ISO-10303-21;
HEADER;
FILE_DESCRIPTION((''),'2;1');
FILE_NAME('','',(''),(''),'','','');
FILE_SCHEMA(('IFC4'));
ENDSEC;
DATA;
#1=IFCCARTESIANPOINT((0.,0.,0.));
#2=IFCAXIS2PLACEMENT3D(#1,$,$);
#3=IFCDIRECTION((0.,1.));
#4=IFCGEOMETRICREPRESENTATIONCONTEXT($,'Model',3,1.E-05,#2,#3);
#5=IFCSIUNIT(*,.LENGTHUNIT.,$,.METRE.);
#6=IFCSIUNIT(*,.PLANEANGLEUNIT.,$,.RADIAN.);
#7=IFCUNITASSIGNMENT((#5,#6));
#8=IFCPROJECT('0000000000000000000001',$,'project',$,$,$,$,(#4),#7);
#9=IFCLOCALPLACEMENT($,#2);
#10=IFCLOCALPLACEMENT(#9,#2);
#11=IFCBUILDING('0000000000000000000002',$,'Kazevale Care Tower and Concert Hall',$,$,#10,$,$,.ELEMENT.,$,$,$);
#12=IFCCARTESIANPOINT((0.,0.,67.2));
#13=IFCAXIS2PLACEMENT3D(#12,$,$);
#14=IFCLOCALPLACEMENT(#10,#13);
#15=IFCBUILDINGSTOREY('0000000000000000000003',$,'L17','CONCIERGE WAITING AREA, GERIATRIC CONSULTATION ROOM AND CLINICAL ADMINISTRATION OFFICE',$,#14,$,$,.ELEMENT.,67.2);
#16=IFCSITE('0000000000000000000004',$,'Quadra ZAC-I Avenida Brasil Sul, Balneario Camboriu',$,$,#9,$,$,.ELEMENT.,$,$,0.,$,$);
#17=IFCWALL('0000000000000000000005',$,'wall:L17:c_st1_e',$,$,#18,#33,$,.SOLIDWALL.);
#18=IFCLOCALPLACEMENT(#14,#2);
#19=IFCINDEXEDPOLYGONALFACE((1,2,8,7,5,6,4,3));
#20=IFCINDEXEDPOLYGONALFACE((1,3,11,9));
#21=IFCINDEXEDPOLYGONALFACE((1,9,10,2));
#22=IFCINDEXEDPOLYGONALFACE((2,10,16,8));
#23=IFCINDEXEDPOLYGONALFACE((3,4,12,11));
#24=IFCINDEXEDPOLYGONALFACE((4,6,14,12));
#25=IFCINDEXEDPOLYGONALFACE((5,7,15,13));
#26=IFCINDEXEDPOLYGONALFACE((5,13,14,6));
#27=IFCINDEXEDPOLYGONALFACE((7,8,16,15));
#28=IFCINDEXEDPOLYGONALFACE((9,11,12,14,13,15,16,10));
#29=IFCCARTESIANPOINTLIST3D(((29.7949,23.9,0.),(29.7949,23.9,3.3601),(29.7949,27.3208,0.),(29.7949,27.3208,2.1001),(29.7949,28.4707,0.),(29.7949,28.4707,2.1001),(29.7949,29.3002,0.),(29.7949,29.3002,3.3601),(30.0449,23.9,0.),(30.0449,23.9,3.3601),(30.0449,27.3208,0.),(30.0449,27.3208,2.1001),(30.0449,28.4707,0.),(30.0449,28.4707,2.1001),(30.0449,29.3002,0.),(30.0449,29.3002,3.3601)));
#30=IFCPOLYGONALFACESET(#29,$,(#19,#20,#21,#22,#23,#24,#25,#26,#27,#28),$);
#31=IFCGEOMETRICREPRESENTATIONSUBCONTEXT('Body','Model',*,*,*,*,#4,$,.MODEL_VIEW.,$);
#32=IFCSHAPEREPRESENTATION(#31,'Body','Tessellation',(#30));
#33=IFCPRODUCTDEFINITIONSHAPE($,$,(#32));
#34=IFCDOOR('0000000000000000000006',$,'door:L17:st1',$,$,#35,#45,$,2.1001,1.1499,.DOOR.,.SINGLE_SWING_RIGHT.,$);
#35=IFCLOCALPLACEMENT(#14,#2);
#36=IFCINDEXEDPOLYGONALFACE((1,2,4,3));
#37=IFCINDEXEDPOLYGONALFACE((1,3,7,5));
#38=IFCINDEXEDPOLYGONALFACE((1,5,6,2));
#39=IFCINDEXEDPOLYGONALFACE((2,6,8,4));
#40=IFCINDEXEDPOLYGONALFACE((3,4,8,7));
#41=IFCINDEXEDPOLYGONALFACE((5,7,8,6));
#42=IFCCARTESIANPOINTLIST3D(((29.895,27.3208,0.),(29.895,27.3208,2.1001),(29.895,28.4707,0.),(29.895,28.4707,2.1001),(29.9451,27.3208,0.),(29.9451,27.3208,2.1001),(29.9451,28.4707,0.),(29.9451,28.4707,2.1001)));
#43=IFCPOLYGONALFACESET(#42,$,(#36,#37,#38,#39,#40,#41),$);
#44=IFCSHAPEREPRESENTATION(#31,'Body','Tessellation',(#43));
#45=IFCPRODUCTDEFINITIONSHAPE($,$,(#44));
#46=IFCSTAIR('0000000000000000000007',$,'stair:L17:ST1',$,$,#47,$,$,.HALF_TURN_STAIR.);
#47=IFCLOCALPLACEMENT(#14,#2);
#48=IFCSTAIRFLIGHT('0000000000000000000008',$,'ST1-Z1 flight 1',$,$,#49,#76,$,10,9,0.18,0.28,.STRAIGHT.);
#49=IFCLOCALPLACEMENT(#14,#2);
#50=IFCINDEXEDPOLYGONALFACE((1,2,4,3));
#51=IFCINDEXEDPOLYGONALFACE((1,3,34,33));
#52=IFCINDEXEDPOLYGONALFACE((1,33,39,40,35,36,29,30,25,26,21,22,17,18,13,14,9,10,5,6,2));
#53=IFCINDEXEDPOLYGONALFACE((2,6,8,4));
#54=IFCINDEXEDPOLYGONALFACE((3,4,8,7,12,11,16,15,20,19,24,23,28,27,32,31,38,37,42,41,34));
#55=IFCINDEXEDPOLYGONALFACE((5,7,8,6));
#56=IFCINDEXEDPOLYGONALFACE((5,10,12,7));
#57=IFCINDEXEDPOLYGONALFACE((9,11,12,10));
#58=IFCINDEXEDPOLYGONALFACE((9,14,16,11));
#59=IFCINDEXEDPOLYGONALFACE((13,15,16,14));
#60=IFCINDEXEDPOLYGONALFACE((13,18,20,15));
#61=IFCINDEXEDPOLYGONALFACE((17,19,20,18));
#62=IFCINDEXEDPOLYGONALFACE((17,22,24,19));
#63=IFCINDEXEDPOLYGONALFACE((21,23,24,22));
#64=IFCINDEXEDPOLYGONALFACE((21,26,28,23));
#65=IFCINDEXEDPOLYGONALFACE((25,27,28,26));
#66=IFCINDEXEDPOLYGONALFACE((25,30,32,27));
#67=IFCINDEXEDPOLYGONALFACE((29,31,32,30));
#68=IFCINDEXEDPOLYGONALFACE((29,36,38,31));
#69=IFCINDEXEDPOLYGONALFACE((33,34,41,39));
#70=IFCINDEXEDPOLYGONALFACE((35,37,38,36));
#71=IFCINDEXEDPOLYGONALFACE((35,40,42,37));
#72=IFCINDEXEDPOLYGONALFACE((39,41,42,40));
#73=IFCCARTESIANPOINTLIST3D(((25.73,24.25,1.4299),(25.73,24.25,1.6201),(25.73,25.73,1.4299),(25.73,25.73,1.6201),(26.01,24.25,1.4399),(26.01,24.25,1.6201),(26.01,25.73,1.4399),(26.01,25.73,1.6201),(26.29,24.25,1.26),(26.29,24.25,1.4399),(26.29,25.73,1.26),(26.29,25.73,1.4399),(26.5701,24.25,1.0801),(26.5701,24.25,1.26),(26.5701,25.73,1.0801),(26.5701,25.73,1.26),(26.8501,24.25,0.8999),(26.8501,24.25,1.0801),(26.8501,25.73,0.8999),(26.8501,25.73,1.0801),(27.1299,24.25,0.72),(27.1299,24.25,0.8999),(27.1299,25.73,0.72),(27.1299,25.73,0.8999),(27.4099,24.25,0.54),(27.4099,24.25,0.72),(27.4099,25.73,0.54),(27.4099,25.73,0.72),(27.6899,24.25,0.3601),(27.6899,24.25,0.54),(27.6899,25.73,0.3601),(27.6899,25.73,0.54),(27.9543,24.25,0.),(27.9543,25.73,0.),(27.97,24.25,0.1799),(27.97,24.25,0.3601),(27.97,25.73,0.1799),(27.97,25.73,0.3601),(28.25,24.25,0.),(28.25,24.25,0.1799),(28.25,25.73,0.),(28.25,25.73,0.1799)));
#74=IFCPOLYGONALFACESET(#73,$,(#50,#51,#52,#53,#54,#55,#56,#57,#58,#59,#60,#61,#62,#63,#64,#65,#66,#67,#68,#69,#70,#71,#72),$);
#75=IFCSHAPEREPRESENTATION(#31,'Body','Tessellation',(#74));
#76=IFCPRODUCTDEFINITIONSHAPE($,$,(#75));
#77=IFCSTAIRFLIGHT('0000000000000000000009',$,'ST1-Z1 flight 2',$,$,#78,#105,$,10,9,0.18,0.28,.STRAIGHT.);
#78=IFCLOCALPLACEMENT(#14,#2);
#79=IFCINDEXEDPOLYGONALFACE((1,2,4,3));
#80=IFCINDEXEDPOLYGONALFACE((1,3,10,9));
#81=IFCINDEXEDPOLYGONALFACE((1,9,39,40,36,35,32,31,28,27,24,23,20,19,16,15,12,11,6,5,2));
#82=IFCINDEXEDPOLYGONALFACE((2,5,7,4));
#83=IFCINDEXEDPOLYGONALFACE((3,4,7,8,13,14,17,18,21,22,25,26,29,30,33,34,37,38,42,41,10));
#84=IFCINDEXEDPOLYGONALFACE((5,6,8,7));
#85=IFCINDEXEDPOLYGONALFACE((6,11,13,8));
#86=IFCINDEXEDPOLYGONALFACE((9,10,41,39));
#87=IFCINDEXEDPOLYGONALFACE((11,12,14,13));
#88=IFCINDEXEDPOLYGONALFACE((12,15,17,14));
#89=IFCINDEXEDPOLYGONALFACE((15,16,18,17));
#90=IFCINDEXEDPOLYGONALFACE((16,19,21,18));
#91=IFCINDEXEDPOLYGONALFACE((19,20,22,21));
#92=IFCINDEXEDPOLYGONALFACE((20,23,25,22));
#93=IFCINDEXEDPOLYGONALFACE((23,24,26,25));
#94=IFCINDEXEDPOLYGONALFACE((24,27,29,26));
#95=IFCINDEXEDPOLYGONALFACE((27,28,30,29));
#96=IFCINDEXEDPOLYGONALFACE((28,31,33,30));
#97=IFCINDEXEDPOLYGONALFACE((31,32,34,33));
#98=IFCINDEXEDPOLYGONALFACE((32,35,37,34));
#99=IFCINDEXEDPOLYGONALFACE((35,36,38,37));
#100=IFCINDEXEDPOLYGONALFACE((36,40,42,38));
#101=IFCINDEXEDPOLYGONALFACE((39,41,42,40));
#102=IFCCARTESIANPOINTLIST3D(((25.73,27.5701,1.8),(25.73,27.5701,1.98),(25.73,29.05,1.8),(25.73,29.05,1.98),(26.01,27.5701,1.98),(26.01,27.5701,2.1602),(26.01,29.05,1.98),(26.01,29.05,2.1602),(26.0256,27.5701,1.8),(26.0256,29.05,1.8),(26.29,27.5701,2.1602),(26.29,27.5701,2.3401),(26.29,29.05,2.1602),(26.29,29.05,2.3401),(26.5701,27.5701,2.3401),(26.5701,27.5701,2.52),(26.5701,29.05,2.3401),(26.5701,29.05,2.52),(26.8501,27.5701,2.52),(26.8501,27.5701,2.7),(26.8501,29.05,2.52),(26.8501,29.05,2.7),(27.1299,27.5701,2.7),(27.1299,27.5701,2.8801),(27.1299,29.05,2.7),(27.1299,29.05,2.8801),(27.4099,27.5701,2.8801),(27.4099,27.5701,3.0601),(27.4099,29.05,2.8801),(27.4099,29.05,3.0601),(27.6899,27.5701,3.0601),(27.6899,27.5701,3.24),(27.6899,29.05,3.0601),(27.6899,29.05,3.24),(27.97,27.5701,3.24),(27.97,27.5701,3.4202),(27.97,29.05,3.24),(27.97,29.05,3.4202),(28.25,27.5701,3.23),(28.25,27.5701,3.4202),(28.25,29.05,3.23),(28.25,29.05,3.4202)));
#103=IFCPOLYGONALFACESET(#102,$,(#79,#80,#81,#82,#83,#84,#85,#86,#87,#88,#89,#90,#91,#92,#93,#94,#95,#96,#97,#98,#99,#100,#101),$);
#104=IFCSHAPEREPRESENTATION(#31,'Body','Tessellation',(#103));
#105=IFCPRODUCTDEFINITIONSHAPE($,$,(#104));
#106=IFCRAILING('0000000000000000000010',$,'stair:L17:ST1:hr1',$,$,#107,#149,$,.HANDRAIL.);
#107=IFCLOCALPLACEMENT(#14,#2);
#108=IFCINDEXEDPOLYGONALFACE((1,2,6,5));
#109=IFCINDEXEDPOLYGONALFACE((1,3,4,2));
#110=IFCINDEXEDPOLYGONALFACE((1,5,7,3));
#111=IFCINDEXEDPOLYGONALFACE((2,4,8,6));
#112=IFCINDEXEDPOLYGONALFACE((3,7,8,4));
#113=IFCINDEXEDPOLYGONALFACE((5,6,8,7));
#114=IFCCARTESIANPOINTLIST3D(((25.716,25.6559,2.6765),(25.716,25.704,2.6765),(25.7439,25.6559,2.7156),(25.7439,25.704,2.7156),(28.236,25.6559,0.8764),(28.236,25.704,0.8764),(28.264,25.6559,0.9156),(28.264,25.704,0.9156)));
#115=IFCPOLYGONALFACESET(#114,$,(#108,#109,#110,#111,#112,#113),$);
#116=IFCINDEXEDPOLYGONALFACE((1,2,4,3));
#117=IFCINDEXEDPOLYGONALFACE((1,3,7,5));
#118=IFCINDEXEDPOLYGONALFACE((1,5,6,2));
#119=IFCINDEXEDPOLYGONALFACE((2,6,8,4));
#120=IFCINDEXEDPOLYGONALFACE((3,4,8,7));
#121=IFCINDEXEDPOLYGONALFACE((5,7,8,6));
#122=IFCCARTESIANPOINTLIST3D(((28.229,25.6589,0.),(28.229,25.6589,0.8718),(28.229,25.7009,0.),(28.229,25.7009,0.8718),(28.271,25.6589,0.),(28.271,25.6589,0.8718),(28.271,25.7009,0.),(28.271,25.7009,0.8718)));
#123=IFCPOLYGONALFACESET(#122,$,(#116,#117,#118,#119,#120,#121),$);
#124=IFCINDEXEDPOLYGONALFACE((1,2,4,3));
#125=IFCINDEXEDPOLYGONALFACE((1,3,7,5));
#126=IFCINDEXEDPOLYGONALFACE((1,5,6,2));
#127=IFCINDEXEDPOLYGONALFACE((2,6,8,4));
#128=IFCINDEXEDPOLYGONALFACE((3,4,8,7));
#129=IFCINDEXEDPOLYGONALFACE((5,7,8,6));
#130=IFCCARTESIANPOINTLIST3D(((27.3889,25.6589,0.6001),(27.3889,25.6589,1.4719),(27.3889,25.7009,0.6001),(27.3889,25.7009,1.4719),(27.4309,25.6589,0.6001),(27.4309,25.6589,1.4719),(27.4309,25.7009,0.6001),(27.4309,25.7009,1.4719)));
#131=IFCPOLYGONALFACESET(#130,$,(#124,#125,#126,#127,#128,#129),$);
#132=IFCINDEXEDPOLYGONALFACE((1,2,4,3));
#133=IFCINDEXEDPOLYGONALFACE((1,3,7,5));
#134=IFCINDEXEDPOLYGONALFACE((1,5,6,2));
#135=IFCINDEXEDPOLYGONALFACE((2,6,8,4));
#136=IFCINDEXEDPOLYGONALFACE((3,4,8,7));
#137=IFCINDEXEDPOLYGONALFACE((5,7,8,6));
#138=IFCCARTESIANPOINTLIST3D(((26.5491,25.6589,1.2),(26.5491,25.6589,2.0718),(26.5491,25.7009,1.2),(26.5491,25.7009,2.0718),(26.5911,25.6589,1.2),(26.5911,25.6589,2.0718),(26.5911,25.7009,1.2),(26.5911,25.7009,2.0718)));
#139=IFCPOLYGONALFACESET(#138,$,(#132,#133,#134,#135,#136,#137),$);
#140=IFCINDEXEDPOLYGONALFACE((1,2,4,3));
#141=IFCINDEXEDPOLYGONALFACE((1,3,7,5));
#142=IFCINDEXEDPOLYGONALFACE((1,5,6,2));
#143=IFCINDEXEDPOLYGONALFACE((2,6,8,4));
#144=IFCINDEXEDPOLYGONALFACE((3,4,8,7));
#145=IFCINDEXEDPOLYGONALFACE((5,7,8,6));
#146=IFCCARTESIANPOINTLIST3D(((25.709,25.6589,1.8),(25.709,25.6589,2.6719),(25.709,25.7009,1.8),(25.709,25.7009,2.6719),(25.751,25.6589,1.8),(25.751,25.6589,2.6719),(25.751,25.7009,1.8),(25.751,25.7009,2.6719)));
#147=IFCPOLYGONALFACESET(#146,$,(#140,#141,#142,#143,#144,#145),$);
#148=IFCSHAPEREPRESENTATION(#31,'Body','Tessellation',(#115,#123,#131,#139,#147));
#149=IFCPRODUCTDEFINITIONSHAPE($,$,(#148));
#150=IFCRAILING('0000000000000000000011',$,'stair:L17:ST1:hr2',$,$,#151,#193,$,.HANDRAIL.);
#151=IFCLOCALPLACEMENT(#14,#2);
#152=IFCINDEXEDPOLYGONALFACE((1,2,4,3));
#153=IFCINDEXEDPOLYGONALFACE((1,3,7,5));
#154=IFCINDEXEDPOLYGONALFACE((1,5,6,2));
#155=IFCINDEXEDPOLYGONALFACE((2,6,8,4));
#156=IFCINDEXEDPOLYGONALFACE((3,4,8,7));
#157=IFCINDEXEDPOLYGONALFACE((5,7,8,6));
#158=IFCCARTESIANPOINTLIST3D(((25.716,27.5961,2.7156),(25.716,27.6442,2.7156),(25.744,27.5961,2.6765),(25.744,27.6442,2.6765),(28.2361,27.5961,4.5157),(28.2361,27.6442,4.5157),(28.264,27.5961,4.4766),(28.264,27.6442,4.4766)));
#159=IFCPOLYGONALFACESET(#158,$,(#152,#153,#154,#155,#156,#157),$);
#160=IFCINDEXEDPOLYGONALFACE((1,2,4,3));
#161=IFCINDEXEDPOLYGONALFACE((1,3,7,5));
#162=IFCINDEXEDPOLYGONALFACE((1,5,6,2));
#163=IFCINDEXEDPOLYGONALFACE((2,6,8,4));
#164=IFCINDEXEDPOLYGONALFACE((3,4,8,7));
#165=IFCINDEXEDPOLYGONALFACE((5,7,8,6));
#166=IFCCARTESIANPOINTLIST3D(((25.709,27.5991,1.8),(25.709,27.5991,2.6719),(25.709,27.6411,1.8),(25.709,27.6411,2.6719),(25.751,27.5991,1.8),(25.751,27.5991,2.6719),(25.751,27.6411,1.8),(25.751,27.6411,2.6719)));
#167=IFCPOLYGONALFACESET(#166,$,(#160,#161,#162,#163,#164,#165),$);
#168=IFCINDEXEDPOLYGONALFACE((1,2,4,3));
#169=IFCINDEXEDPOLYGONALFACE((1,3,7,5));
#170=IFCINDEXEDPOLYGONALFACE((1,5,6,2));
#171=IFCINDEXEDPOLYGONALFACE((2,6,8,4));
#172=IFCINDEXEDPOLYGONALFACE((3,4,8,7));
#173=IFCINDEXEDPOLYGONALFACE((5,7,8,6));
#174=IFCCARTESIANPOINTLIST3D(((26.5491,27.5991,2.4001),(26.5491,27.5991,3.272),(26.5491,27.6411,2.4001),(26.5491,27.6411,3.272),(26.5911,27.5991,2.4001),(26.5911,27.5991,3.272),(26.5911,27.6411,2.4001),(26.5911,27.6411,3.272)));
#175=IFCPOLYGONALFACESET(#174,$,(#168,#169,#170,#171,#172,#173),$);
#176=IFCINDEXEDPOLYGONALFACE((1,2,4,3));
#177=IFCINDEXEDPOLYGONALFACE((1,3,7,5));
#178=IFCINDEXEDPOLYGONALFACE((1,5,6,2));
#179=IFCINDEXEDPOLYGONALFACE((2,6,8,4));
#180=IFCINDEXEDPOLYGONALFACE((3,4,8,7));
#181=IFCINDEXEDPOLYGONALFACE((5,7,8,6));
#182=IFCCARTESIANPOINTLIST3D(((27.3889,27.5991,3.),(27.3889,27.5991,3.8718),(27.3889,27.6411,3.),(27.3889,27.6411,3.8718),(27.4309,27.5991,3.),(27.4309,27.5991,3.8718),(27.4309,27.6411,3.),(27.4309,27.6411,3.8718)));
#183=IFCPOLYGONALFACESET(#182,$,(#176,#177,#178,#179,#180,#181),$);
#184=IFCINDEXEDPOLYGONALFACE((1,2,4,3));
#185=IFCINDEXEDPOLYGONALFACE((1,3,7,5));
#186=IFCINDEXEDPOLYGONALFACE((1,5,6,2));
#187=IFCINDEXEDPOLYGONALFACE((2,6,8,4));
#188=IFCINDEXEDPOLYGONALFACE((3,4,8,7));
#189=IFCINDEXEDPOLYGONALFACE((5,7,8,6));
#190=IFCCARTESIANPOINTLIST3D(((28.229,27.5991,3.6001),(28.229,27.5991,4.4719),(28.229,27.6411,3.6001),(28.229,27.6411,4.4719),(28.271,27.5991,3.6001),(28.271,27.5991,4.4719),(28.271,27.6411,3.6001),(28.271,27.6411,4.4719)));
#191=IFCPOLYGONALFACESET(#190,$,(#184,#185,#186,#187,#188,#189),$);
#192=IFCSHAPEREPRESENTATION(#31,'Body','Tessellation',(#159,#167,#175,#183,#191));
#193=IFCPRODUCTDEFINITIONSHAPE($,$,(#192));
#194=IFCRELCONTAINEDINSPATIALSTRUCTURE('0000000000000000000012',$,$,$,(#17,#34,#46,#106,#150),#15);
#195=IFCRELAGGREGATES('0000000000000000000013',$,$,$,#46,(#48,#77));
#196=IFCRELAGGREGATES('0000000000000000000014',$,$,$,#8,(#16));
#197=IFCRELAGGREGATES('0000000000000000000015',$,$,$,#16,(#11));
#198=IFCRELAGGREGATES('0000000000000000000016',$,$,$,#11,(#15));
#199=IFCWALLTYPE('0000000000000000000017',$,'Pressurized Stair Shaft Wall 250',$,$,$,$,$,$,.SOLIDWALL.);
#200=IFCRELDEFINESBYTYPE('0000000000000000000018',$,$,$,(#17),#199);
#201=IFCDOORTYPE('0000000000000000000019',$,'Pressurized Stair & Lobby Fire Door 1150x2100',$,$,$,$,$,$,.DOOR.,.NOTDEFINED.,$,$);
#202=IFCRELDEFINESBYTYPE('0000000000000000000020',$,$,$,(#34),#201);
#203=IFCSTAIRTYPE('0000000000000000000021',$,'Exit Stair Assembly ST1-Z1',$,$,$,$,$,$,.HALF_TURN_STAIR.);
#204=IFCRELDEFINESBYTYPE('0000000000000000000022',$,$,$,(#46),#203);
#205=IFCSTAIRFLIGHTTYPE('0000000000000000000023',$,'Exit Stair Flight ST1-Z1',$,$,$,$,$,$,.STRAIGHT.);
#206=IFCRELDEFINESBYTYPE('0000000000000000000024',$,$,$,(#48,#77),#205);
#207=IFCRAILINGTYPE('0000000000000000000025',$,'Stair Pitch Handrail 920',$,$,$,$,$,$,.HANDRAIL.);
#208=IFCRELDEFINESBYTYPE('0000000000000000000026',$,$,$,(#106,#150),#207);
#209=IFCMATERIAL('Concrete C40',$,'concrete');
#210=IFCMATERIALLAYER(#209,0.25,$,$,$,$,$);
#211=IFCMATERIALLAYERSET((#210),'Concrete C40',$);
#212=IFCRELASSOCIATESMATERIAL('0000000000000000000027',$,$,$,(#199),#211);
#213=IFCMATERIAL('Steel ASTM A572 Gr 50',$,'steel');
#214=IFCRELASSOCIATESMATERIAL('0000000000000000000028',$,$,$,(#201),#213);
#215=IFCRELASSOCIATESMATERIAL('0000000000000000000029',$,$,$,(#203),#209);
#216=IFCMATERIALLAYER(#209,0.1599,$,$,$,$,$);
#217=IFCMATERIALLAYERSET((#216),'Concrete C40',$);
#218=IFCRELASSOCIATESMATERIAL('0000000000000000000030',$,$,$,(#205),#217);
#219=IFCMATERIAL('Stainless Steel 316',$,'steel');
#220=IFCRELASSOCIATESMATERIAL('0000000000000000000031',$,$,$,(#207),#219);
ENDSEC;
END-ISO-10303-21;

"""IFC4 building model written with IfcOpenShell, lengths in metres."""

from ifc_helpers import new_model, si_unit, direction, frame, frame_2d, origin, origin_2d, place, context, subcontext, project, spatial, polyline, rectangle, outline, extrude, material, layer, layer_set, type_object, element, fill, aggregate, save


model = new_model("IFC4")

# Units and contexts
model_context = context("Model", 3, precision=1e-05, world=origin(), true_north=direction((0.0, 1.0)))
body_context = subcontext(model_context, "Body", "Model", "MODEL_VIEW")
ifc_project = project(units=[si_unit("LENGTHUNIT", "METRE"), si_unit("PLANEANGLEUNIT", "RADIAN")], contexts=[model_context])

# Site, building, storey
site_placement = place(None, origin())
site = spatial("IfcSite", under=ifc_project, at=site_placement, Name="Quadra ZAC-I Avenida Brasil Sul, Balneario Camboriu", CompositionType="ELEMENT", RefElevation=0.0)
building_placement = place(site_placement, origin())
building = spatial("IfcBuilding", under=site, at=building_placement, Name="Kazevale Care Tower and Concert Hall", CompositionType="ELEMENT")
storey_placement = place(building_placement, frame((0.0, 0.0, 67.2)))
storey = spatial("IfcBuildingStorey", under=building, at=storey_placement, Name="L17", Description="CONCIERGE WAITING AREA, GERIATRIC CONSULTATION ROOM AND CLINICAL ADMINISTRATION OFFICE", CompositionType="ELEMENT", Elevation=67.2)

# Shared definitions
ifc_material_1 = material(Name="Steel ASTM A572 Gr 50", Category="steel")

# Shared definitions
ifc_material_2 = material(Name="Concrete C40", Category="concrete")
ifc_material_3 = material(Name="Stainless Steel 316", Category="steel")

# Wall, opening, door
ifc_layer_1 = layer(ifc_material_2, 0.25)
ifc_layer_set_1 = layer_set([ifc_layer_1], Name="Concrete C40")
wall_type_1 = type_object("IfcWallType", Name="Pressurized Stair Shaft Wall 250", PredefinedType="SOLIDWALL", material=ifc_layer_set_1)
wall_1_placement = place(storey_placement, frame((29.9199, 23.8999, 0.0), z_axis=(0.0, 0.0, 1.0), x_axis=(0.0, 1.0, 0.0)))
wall_1 = element("IfcWall", 1, at=wall_1_placement, inside=storey, type_object=wall_type_1, Name="wall:L17:c_st1_e", PredefinedType="SOLIDWALL", context=body_context, shape_type="SweptSolid", body=[
    extrude(rectangle(XDim=5.4001, YDim=0.25, at=frame_2d((2.7002, 0.0))), origin(), (0.0, 0.0, 1.0), 3.3601),
])
opening_1_placement = place(wall_1_placement, frame((3.4209, 0.0, 0.0)))
opening_1 = element("IfcOpeningElement", 2, at=opening_1_placement, cuts=wall_1, PredefinedType="OPENING", context=body_context, shape_type="SweptSolid", body=[
    extrude(rectangle(XDim=1.1499, YDim=2.1001, at=frame_2d((0.575, 1.05))), frame((0.0, 0.135, 0.0), z_axis=(0.0, -1.0, 0.0), x_axis=(1.0, 0.0, 0.0)), (0.0, 0.0, 1.0), 0.27),
])
door_type_1 = type_object("IfcDoorType", Name="Pressurized Stair & Lobby Fire Door 1150x2100", OperationType="NOTDEFINED", PredefinedType="DOOR", material=ifc_material_1)
door_1_placement = place(opening_1_placement, origin())
door_1 = element("IfcDoor", 3, at=door_1_placement, inside=storey, type_object=door_type_1, Name="door:L17:st1", OperationType="SINGLE_SWING_RIGHT", OverallHeight=2.1001, OverallWidth=1.1499, PredefinedType="DOOR", context=body_context, shape_type="SweptSolid", body=[
    extrude(rectangle(XDim=1.1499, YDim=2.1001, at=frame_2d((0.575, 1.05))), frame((0.0, 0.0249, 0.0), z_axis=(0.0, -1.0, 0.0), x_axis=(1.0, 0.0, 0.0)), (0.0, 0.0, 1.0), 0.05),
])
fill(opening_1, door_1)

# Stair, stair flights
stair_type = type_object("IfcStairType", Name="Exit Stair Assembly ST1-Z1", PredefinedType="HALF_TURN_STAIR", material=ifc_material_2)
stair_placement = place(storey_placement, origin())
stair = element("IfcStair", 4, at=stair_placement, inside=storey, type_object=stair_type, Name="stair:L17:ST1", PredefinedType="HALF_TURN_STAIR")
ifc_layer_2 = layer(ifc_material_2, 0.1599)
ifc_layer_set_2 = layer_set([ifc_layer_2], Name="Concrete C40")
stair_flight_type = type_object("IfcStairFlightType", Name="Exit Stair Flight ST1-Z1", PredefinedType="STRAIGHT", material=ifc_layer_set_2)
stair_flight_1_placement = place(storey_placement, frame((28.25, 24.99, 0.0), z_axis=(0.0, 0.0, 1.0), x_axis=(-1.0, 0.0, 0.0)))
stair_flight_1 = element("IfcStairFlight", 5, at=stair_flight_1_placement, type_object=stair_flight_type, Name="ST1-Z1 flight 1", NumberOfRisers=10, NumberOfTreads=9, PredefinedType="STRAIGHT", RiserHeight=0.18, TreadLength=0.28, context=body_context, shape_type="SweptSolid", body=[
    extrude(outline(polyline([(0.0, 0.0), (0.0, 0.1799), (0.28, 0.1799), (0.28, 0.3601), (0.5601, 0.3601), (0.5601, 0.54), (0.8401, 0.54), (0.8401, 0.72), (1.1201, 0.72), (1.1201, 0.8999), (1.3999, 0.8999), (1.3999, 1.0801), (1.6799, 1.0801), (1.6799, 1.26), (1.96, 1.26), (1.96, 1.4399), (2.24, 1.4399), (2.24, 1.6201), (2.52, 1.6201), (2.52, 1.8), (2.52, 1.4299), (0.2957, 0.0), (0.0, 0.0)])), frame((0.0, 0.74, 0.0), z_axis=(0.0, -1.0, 0.0), x_axis=(1.0, 0.0, 0.0)), (0.0, 0.0, 1.0), 1.48),
])
stair_flight_2_placement = place(storey_placement, frame((25.73, 28.3101, 1.8), z_axis=(0.0, 0.0, 1.0), x_axis=(1.0, 0.0, 0.0)))
stair_flight_2 = element("IfcStairFlight", 6, at=stair_flight_2_placement, type_object=stair_flight_type, Name="ST1-Z1 flight 2", NumberOfRisers=10, NumberOfTreads=9, PredefinedType="STRAIGHT", RiserHeight=0.18, TreadLength=0.28, context=body_context, shape_type="SweptSolid", body=[
    extrude(outline(polyline([(0.0, 0.0), (0.0, 0.1799), (0.28, 0.1799), (0.28, 0.3601), (0.5601, 0.3601), (0.5601, 0.54), (0.8401, 0.54), (0.8401, 0.72), (1.1201, 0.72), (1.1201, 0.8999), (1.3999, 0.8999), (1.3999, 1.0801), (1.6799, 1.0801), (1.6799, 1.26), (1.96, 1.26), (1.96, 1.4399), (2.24, 1.4399), (2.24, 1.6201), (2.52, 1.6201), (2.52, 1.8), (2.52, 1.4299), (0.2957, 0.0), (0.0, 0.0)])), frame((0.0, 0.74, 0.0), z_axis=(0.0, -1.0, 0.0), x_axis=(1.0, 0.0, 0.0)), (0.0, 0.0, 1.0), 1.48),
])
aggregate(stair, [stair_flight_1, stair_flight_2])

# Railings
railing_type_1 = type_object("IfcRailingType", Name="Stair Pitch Handrail 920", PredefinedType="HANDRAIL", material=ifc_material_3)
railing_1_placement = place(storey_placement, frame((28.25, 25.6799, 0.0)))
element("IfcRailing", 7, at=railing_1_placement, inside=storey, type_object=railing_type_1, Name="stair:L17:ST1:hr1", PredefinedType="HANDRAIL", context=body_context, shape_type="SweptSolid", body=[
    extrude(rectangle(XDim=0.0481, YDim=0.0481, at=origin_2d()), frame((0.0, 0.0, 0.896), z_axis=(-0.813728, 0.0, 0.581246), x_axis=(0.0, -1.0, 0.0)), (0.0, 0.0, 1.0), 3.0969),
    extrude(rectangle(XDim=0.042, YDim=0.042, at=origin_2d()), origin(), (0.0, 0.0, 1.0), 0.8718),
    extrude(rectangle(XDim=0.042, YDim=0.042, at=origin_2d()), frame((-0.8401, 0.0, 0.6001)), (0.0, 0.0, 1.0), 0.8718),
    extrude(rectangle(XDim=0.042, YDim=0.042, at=origin_2d()), frame((-1.6799, 0.0, 1.2)), (0.0, 0.0, 1.0), 0.8718),
    extrude(rectangle(XDim=0.042, YDim=0.042, at=origin_2d()), frame((-2.52, 0.0, 1.8)), (0.0, 0.0, 1.0), 0.8718),
])
railing_2_placement = place(storey_placement, frame((25.73, 27.6201, 1.8)))
element("IfcRailing", 8, at=railing_2_placement, inside=storey, type_object=railing_type_1, Name="stair:L17:ST1:hr2", PredefinedType="HANDRAIL", context=body_context, shape_type="SweptSolid", body=[
    extrude(rectangle(XDim=0.0481, YDim=0.0481, at=origin_2d()), frame((0.0, 0.0, 0.896), z_axis=(0.813728, 0.0, 0.581246), x_axis=(0.0, 1.0, 0.0)), (0.0, 0.0, 1.0), 3.0969),
    extrude(rectangle(XDim=0.042, YDim=0.042, at=origin_2d()), origin(), (0.0, 0.0, 1.0), 0.8718),
    extrude(rectangle(XDim=0.042, YDim=0.042, at=origin_2d()), frame((0.8401, 0.0, 0.6001)), (0.0, 0.0, 1.0), 0.8718),
    extrude(rectangle(XDim=0.042, YDim=0.042, at=origin_2d()), frame((1.6799, 0.0, 1.2)), (0.0, 0.0, 1.0), 0.8718),
    extrude(rectangle(XDim=0.042, YDim=0.042, at=origin_2d()), frame((2.52, 0.0, 1.8)), (0.0, 0.0, 1.0), 0.8718),
])

save(model, "model.ifc")
